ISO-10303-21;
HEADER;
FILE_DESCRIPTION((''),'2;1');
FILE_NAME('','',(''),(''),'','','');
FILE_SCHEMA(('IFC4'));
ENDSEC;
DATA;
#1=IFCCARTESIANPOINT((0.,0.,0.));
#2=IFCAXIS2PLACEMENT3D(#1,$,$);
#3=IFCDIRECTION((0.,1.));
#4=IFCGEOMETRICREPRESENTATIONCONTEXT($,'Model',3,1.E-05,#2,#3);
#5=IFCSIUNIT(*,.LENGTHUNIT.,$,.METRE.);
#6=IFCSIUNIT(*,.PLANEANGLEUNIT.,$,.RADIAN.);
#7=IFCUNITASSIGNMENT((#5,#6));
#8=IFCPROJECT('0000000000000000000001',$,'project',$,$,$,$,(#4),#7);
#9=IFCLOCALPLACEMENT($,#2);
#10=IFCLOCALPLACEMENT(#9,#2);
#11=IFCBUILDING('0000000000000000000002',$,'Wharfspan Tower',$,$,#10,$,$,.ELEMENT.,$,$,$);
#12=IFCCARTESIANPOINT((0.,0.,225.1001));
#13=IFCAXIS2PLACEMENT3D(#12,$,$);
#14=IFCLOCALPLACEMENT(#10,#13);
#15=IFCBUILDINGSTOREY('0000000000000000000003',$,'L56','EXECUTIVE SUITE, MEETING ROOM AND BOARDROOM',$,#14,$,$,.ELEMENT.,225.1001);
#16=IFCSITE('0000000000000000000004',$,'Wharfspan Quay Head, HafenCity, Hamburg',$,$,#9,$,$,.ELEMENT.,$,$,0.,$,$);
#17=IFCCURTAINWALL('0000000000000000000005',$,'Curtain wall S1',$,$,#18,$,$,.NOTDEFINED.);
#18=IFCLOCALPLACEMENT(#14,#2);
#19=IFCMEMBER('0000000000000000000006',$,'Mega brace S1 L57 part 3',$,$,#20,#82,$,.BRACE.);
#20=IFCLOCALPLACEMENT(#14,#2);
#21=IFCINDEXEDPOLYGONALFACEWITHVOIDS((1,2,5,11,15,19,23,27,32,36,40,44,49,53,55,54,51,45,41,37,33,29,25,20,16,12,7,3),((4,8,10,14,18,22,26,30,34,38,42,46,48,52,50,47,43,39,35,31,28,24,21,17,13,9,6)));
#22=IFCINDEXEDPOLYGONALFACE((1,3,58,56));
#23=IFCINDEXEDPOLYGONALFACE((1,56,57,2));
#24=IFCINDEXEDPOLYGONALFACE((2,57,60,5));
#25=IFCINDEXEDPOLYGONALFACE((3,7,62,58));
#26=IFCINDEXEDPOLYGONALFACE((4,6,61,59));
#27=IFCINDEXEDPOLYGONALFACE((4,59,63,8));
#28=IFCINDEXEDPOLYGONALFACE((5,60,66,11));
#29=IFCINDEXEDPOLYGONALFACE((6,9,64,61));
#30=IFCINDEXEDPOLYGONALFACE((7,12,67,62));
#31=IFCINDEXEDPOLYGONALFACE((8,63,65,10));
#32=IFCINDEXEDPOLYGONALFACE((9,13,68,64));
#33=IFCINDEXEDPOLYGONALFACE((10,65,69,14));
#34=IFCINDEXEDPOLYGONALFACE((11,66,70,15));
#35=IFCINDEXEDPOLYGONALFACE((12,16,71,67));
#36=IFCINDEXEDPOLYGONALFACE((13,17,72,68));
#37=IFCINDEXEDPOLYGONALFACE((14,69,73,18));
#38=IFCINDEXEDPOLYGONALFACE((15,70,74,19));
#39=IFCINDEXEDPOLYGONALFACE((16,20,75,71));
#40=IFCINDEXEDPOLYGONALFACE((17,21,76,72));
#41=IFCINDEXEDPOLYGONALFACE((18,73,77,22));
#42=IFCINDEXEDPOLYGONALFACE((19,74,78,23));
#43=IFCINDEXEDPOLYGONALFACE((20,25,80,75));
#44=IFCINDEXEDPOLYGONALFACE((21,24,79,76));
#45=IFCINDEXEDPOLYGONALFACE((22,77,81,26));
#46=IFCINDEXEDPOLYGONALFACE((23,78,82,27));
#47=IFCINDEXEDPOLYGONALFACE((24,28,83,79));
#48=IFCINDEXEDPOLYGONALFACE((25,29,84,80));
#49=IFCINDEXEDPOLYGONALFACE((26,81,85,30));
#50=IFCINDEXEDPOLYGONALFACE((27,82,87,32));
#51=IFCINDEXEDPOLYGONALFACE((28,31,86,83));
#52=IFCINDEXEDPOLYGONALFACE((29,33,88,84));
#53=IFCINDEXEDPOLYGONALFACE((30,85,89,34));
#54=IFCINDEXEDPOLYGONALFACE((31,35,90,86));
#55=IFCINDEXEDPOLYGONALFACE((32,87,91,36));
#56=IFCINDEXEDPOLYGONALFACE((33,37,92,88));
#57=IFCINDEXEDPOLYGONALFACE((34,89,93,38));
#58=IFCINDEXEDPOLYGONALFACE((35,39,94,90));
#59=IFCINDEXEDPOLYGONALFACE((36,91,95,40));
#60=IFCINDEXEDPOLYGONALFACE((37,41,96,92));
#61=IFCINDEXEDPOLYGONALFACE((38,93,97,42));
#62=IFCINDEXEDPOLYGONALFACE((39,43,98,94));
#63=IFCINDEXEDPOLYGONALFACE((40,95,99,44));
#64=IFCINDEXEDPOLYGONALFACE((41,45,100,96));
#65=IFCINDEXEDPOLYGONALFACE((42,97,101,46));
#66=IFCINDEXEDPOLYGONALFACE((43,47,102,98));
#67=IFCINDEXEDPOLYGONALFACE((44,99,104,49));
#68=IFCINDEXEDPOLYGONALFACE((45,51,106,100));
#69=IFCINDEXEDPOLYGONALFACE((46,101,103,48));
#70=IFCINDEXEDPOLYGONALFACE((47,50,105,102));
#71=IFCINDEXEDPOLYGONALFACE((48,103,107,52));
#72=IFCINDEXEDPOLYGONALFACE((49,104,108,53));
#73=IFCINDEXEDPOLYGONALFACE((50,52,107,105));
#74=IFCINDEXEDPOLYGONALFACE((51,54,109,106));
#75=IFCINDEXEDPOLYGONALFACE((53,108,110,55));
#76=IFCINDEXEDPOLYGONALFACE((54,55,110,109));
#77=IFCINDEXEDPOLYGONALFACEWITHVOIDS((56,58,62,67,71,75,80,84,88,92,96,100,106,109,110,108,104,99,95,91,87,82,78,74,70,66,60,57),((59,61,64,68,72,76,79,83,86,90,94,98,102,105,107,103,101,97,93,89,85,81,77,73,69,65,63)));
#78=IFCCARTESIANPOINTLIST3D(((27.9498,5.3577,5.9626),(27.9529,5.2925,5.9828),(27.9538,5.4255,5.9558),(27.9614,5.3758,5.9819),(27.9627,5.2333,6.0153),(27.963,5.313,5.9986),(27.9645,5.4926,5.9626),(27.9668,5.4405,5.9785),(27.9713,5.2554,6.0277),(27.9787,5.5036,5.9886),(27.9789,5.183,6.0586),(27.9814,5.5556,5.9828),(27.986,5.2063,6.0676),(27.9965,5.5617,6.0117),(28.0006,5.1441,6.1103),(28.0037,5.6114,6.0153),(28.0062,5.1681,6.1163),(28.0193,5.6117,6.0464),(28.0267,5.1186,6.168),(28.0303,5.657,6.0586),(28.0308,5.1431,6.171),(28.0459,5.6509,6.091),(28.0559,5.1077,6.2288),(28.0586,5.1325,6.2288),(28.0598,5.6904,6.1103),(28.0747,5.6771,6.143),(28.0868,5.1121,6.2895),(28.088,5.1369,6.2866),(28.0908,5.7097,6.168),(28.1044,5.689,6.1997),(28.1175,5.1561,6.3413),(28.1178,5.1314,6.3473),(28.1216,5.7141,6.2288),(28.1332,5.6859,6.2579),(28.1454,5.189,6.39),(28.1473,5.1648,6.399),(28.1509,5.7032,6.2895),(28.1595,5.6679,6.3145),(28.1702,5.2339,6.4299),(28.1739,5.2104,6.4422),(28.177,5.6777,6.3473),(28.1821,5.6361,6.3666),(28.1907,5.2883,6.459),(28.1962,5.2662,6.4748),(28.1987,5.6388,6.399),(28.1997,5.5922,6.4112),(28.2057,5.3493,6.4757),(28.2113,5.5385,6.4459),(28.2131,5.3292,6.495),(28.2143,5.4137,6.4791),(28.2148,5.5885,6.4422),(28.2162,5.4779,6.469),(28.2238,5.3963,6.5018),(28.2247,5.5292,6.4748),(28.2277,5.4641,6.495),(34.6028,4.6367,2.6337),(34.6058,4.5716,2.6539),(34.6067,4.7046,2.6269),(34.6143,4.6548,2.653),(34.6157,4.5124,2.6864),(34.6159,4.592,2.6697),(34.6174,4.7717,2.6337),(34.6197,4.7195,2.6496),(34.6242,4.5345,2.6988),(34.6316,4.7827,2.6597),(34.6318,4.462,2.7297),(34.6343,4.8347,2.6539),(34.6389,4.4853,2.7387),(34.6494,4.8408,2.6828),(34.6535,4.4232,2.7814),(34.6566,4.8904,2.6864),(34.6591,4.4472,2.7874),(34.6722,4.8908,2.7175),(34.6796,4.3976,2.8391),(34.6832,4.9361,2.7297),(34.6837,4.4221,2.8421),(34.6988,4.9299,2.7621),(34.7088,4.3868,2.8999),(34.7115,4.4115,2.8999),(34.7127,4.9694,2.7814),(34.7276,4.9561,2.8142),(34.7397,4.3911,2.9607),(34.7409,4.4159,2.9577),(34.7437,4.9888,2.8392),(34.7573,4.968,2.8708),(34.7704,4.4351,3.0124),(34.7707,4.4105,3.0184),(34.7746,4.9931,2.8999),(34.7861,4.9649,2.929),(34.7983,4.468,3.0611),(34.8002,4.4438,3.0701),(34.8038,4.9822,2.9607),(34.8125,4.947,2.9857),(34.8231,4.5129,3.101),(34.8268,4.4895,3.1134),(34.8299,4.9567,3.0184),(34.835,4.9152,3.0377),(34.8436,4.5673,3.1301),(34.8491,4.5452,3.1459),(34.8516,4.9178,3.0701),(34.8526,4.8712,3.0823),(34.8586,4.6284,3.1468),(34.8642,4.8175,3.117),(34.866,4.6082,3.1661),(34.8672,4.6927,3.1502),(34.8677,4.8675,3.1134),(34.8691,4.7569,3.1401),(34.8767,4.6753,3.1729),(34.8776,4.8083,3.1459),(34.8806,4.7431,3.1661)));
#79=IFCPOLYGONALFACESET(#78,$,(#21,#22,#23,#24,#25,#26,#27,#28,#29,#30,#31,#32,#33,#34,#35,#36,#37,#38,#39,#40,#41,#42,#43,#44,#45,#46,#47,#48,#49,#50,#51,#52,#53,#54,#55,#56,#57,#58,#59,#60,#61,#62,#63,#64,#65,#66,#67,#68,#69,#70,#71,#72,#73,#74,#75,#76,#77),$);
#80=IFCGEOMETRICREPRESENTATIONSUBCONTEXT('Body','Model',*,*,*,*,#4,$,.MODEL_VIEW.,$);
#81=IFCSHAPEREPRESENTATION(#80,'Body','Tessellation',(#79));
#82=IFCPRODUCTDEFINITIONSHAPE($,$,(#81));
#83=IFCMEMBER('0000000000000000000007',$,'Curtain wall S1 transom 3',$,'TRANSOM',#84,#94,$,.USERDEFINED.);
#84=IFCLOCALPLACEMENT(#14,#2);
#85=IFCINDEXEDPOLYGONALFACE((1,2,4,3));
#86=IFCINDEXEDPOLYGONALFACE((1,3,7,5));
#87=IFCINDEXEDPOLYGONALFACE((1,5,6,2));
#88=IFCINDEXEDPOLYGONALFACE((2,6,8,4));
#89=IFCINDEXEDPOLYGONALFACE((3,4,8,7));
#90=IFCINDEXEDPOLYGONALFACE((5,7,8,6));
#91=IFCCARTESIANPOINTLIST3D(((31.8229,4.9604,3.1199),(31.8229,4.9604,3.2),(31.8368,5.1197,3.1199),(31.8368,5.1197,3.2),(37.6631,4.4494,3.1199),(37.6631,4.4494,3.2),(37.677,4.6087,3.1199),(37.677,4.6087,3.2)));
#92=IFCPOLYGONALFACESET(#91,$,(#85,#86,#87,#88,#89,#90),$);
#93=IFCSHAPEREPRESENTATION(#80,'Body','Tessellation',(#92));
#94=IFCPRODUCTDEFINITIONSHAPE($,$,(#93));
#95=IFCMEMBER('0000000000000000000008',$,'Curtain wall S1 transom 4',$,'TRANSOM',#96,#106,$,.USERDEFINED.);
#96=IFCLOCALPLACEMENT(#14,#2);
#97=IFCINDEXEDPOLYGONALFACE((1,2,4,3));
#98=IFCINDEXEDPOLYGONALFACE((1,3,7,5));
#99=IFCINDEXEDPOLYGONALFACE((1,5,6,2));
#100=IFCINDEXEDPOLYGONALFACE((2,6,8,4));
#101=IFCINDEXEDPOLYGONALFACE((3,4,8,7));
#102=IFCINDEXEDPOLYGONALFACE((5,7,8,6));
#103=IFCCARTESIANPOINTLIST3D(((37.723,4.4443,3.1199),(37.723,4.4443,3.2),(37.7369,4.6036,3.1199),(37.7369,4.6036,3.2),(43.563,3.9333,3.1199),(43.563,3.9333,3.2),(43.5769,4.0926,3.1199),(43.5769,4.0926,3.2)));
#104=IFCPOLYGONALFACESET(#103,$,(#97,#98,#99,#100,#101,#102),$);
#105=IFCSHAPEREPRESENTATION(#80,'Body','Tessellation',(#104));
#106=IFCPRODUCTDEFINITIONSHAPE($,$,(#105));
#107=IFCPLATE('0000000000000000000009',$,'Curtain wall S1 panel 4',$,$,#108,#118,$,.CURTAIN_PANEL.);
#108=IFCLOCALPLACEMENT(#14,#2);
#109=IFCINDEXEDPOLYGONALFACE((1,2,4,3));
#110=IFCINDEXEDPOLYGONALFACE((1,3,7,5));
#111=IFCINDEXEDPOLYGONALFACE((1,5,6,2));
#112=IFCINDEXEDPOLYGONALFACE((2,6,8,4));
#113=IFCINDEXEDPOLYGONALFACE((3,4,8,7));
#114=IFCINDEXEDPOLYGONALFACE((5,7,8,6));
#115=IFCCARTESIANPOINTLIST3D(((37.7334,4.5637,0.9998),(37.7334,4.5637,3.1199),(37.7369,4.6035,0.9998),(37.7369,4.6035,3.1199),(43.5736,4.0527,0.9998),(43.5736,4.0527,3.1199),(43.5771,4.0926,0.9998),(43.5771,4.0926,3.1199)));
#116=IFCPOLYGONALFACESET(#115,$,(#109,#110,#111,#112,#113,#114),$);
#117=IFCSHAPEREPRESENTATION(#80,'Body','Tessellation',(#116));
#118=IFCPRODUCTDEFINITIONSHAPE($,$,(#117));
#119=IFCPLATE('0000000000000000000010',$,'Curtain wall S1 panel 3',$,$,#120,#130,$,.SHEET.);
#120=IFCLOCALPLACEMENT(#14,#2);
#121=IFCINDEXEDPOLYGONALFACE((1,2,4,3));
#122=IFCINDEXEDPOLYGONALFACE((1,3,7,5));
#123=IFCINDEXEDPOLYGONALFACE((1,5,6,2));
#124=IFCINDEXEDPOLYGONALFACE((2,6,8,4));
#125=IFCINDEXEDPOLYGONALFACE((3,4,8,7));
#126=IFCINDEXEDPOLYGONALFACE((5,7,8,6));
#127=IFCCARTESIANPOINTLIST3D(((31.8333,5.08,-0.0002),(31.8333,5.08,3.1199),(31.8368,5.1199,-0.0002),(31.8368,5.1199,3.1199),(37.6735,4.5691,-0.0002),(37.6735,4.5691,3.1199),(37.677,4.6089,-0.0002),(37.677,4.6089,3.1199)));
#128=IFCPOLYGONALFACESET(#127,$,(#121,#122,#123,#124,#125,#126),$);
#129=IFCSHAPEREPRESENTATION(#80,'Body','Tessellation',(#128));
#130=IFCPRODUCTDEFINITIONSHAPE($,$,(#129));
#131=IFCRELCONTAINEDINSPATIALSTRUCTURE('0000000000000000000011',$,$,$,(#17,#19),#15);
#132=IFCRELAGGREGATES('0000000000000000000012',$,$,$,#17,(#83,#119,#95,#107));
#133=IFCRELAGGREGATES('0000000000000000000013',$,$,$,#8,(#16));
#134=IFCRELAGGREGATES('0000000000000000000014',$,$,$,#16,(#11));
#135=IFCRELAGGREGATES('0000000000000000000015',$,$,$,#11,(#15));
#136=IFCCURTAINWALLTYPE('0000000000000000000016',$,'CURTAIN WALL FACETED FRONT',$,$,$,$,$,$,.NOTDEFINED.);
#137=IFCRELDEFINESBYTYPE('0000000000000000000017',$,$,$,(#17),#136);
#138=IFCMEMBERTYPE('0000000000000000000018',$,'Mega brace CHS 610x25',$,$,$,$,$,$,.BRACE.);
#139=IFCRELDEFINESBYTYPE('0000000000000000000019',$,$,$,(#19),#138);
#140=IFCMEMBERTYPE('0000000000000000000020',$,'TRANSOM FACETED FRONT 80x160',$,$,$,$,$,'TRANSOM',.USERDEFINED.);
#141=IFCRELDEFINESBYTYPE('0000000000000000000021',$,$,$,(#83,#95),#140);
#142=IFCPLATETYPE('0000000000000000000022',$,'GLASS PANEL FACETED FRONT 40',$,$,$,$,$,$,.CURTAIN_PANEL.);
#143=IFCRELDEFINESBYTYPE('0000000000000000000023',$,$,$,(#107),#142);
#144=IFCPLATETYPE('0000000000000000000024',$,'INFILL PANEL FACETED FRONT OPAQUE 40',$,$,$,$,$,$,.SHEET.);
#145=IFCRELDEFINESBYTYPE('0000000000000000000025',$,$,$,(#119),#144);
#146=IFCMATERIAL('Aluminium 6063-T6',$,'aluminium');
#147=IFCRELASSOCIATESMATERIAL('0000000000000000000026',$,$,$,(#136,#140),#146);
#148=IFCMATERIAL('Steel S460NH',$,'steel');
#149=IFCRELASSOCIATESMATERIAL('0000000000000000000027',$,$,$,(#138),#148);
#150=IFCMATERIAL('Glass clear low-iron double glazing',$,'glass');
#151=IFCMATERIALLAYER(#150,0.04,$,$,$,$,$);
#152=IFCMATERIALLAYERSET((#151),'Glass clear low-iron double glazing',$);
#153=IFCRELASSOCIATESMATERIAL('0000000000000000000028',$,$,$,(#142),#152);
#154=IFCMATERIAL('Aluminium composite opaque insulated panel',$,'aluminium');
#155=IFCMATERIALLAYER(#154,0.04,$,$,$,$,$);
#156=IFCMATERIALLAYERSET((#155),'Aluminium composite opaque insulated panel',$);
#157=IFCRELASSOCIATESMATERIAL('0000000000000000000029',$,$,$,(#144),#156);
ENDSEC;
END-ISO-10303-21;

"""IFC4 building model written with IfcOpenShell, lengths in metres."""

from ifc_helpers import new_model, si_unit, direction, frame, origin, origin_2d, place, context, subcontext, project, spatial, rectangle, hollow_circle, extrude, material, layer, layer_set, material_profile, profile_set, type_object, element, aggregate, save


model = new_model("IFC4")

# Units and contexts
model_context = context("Model", 3, precision=1e-05, world=origin(), true_north=direction((0.0, 1.0)))
body_context = subcontext(model_context, "Body", "Model", "MODEL_VIEW")
ifc_project = project(units=[si_unit("LENGTHUNIT", "METRE"), si_unit("PLANEANGLEUNIT", "RADIAN")], contexts=[model_context])

# Site, building, storey
site_placement = place(None, origin())
site = spatial("IfcSite", under=ifc_project, at=site_placement, Name="Wharfspan Quay Head, HafenCity, Hamburg", CompositionType="ELEMENT", RefElevation=0.0)
building_placement = place(site_placement, origin())
building = spatial("IfcBuilding", under=site, at=building_placement, Name="Wharfspan Tower", CompositionType="ELEMENT")
storey_placement = place(building_placement, frame((0.0, 0.0, 225.1001)))
storey = spatial("IfcBuildingStorey", under=building, at=storey_placement, Name="L56", Description="EXECUTIVE SUITE, MEETING ROOM AND BOARDROOM", CompositionType="ELEMENT", Elevation=225.1001)

# Curtain wall
ifc_material_1 = material(Name="Aluminium 6063-T6", Category="aluminium")
curtain_wall_type = type_object("IfcCurtainWallType", Name="CURTAIN WALL FACETED FRONT", PredefinedType="NOTDEFINED", material=ifc_material_1)
curtain_wall_placement = place(storey_placement, origin())
curtain_wall = element("IfcCurtainWall", 1, at=curtain_wall_placement, inside=storey, type_object=curtain_wall_type, Name="Curtain wall S1", PredefinedType="NOTDEFINED")

# Members
ifc_material_2 = material(Name="Steel S460NH", Category="steel")
ifc_material_profile_1 = material_profile(ifc_material_2, hollow_circle(Radius=0.3049, WallThickness=0.0249, at=origin_2d()))
ifc_profile_set_1 = profile_set([ifc_material_profile_1], Name="Steel S460NH")
member_type_1 = type_object("IfcMemberType", Name="Mega brace CHS 610x25", PredefinedType="BRACE", material=ifc_profile_set_1)
member_1_placement = place(storey_placement, frame((34.7417, 4.6899, 2.8999), z_axis=(-0.890126, 0.09646, 0.445389), x_axis=(-0.107737, -0.99418, -0.000002)))
element("IfcMember", 2, at=member_1_placement, inside=storey, type_object=member_type_1, Name="Mega brace S1 L57 part 3", PredefinedType="BRACE", context=body_context, shape_type="SweptSolid", body=[
    extrude(hollow_circle(Radius=0.3049, WallThickness=0.0249, at=origin_2d()), origin(), (0.0, 0.0, 1.0), 7.4741),
])
ifc_material_profile_2 = material_profile(ifc_material_1, rectangle(XDim=0.1599, YDim=0.0801, at=origin_2d()))
ifc_profile_set_2 = profile_set([ifc_material_profile_2], Name="Aluminium 6063-T6")
member_type_2 = type_object("IfcMemberType", Name="TRANSOM FACETED FRONT 80x160", ElementType="TRANSOM", PredefinedType="USERDEFINED", material=ifc_profile_set_2)
member_2_placement = place(storey_placement, frame((31.8298, 5.04, 3.1599), z_axis=(0.996194, -0.08716, 0.0), x_axis=(0.08716, 0.996194, 0.0)))
member_2 = element("IfcMember", 3, at=member_2_placement, type_object=member_type_2, Name="Curtain wall S1 transom 3", ObjectType="TRANSOM", PredefinedType="USERDEFINED", context=body_context, shape_type="SweptSolid", body=[
    extrude(rectangle(XDim=0.1599, YDim=0.0801, at=origin_2d()), origin(), (0.0, 0.0, 1.0), 5.8625),
])
member_3_placement = place(storey_placement, frame((37.73, 4.5239, 3.1599), z_axis=(0.996194, -0.087163, 0.0), x_axis=(0.087163, 0.996194, 0.0)))
member_3 = element("IfcMember", 4, at=member_3_placement, type_object=member_type_2, Name="Curtain wall S1 transom 4", ObjectType="TRANSOM", PredefinedType="USERDEFINED", context=body_context, shape_type="SweptSolid", body=[
    extrude(rectangle(XDim=0.1599, YDim=0.0801, at=origin_2d()), origin(), (0.0, 0.0, 1.0), 5.8623),
])

# Plates
ifc_material_3 = material(Name="Glass clear low-iron double glazing", Category="glass")
ifc_layer_1 = layer(ifc_material_3, 0.04)
ifc_layer_set_1 = layer_set([ifc_layer_1], Name="Glass clear low-iron double glazing")
plate_type_1 = type_object("IfcPlateType", Name="GLASS PANEL FACETED FRONT 40", PredefinedType="CURTAIN_PANEL", material=ifc_layer_set_1)
plate_1_placement = place(storey_placement, frame((40.6553, 4.3281, 0.9998), z_axis=(0.0, 0.0, 1.0), x_axis=(0.996197, -0.087156, 0.0)))
plate_1 = element("IfcPlate", 5, at=plate_1_placement, type_object=plate_type_1, Name="Curtain wall S1 panel 4", PredefinedType="CURTAIN_PANEL", context=body_context, shape_type="SweptSolid", body=[
    extrude(rectangle(XDim=5.8625, YDim=0.04, at=origin_2d()), origin(), (0.0, 0.0, 1.0), 2.1201),
])
ifc_material_4 = material(Name="Aluminium composite opaque insulated panel", Category="aluminium")
ifc_layer_2 = layer(ifc_material_4, 0.04)
ifc_layer_set_2 = layer_set([ifc_layer_2], Name="Aluminium composite opaque insulated panel")
plate_type_2 = type_object("IfcPlateType", Name="INFILL PANEL FACETED FRONT OPAQUE 40", PredefinedType="SHEET", material=ifc_layer_set_2)
plate_2_placement = place(storey_placement, frame((34.7551, 4.8445, -0.0002), z_axis=(0.0, 0.0, 1.0), x_axis=(0.996197, -0.087156, 0.0)))
plate_2 = element("IfcPlate", 6, at=plate_2_placement, type_object=plate_type_2, Name="Curtain wall S1 panel 3", PredefinedType="SHEET", context=body_context, shape_type="SweptSolid", body=[
    extrude(rectangle(XDim=5.8625, YDim=0.04, at=origin_2d()), origin(), (0.0, 0.0, 1.0), 3.1201),
])
aggregate(curtain_wall, [member_2, plate_2, member_3, plate_1])

save(model, "model.ifc")
